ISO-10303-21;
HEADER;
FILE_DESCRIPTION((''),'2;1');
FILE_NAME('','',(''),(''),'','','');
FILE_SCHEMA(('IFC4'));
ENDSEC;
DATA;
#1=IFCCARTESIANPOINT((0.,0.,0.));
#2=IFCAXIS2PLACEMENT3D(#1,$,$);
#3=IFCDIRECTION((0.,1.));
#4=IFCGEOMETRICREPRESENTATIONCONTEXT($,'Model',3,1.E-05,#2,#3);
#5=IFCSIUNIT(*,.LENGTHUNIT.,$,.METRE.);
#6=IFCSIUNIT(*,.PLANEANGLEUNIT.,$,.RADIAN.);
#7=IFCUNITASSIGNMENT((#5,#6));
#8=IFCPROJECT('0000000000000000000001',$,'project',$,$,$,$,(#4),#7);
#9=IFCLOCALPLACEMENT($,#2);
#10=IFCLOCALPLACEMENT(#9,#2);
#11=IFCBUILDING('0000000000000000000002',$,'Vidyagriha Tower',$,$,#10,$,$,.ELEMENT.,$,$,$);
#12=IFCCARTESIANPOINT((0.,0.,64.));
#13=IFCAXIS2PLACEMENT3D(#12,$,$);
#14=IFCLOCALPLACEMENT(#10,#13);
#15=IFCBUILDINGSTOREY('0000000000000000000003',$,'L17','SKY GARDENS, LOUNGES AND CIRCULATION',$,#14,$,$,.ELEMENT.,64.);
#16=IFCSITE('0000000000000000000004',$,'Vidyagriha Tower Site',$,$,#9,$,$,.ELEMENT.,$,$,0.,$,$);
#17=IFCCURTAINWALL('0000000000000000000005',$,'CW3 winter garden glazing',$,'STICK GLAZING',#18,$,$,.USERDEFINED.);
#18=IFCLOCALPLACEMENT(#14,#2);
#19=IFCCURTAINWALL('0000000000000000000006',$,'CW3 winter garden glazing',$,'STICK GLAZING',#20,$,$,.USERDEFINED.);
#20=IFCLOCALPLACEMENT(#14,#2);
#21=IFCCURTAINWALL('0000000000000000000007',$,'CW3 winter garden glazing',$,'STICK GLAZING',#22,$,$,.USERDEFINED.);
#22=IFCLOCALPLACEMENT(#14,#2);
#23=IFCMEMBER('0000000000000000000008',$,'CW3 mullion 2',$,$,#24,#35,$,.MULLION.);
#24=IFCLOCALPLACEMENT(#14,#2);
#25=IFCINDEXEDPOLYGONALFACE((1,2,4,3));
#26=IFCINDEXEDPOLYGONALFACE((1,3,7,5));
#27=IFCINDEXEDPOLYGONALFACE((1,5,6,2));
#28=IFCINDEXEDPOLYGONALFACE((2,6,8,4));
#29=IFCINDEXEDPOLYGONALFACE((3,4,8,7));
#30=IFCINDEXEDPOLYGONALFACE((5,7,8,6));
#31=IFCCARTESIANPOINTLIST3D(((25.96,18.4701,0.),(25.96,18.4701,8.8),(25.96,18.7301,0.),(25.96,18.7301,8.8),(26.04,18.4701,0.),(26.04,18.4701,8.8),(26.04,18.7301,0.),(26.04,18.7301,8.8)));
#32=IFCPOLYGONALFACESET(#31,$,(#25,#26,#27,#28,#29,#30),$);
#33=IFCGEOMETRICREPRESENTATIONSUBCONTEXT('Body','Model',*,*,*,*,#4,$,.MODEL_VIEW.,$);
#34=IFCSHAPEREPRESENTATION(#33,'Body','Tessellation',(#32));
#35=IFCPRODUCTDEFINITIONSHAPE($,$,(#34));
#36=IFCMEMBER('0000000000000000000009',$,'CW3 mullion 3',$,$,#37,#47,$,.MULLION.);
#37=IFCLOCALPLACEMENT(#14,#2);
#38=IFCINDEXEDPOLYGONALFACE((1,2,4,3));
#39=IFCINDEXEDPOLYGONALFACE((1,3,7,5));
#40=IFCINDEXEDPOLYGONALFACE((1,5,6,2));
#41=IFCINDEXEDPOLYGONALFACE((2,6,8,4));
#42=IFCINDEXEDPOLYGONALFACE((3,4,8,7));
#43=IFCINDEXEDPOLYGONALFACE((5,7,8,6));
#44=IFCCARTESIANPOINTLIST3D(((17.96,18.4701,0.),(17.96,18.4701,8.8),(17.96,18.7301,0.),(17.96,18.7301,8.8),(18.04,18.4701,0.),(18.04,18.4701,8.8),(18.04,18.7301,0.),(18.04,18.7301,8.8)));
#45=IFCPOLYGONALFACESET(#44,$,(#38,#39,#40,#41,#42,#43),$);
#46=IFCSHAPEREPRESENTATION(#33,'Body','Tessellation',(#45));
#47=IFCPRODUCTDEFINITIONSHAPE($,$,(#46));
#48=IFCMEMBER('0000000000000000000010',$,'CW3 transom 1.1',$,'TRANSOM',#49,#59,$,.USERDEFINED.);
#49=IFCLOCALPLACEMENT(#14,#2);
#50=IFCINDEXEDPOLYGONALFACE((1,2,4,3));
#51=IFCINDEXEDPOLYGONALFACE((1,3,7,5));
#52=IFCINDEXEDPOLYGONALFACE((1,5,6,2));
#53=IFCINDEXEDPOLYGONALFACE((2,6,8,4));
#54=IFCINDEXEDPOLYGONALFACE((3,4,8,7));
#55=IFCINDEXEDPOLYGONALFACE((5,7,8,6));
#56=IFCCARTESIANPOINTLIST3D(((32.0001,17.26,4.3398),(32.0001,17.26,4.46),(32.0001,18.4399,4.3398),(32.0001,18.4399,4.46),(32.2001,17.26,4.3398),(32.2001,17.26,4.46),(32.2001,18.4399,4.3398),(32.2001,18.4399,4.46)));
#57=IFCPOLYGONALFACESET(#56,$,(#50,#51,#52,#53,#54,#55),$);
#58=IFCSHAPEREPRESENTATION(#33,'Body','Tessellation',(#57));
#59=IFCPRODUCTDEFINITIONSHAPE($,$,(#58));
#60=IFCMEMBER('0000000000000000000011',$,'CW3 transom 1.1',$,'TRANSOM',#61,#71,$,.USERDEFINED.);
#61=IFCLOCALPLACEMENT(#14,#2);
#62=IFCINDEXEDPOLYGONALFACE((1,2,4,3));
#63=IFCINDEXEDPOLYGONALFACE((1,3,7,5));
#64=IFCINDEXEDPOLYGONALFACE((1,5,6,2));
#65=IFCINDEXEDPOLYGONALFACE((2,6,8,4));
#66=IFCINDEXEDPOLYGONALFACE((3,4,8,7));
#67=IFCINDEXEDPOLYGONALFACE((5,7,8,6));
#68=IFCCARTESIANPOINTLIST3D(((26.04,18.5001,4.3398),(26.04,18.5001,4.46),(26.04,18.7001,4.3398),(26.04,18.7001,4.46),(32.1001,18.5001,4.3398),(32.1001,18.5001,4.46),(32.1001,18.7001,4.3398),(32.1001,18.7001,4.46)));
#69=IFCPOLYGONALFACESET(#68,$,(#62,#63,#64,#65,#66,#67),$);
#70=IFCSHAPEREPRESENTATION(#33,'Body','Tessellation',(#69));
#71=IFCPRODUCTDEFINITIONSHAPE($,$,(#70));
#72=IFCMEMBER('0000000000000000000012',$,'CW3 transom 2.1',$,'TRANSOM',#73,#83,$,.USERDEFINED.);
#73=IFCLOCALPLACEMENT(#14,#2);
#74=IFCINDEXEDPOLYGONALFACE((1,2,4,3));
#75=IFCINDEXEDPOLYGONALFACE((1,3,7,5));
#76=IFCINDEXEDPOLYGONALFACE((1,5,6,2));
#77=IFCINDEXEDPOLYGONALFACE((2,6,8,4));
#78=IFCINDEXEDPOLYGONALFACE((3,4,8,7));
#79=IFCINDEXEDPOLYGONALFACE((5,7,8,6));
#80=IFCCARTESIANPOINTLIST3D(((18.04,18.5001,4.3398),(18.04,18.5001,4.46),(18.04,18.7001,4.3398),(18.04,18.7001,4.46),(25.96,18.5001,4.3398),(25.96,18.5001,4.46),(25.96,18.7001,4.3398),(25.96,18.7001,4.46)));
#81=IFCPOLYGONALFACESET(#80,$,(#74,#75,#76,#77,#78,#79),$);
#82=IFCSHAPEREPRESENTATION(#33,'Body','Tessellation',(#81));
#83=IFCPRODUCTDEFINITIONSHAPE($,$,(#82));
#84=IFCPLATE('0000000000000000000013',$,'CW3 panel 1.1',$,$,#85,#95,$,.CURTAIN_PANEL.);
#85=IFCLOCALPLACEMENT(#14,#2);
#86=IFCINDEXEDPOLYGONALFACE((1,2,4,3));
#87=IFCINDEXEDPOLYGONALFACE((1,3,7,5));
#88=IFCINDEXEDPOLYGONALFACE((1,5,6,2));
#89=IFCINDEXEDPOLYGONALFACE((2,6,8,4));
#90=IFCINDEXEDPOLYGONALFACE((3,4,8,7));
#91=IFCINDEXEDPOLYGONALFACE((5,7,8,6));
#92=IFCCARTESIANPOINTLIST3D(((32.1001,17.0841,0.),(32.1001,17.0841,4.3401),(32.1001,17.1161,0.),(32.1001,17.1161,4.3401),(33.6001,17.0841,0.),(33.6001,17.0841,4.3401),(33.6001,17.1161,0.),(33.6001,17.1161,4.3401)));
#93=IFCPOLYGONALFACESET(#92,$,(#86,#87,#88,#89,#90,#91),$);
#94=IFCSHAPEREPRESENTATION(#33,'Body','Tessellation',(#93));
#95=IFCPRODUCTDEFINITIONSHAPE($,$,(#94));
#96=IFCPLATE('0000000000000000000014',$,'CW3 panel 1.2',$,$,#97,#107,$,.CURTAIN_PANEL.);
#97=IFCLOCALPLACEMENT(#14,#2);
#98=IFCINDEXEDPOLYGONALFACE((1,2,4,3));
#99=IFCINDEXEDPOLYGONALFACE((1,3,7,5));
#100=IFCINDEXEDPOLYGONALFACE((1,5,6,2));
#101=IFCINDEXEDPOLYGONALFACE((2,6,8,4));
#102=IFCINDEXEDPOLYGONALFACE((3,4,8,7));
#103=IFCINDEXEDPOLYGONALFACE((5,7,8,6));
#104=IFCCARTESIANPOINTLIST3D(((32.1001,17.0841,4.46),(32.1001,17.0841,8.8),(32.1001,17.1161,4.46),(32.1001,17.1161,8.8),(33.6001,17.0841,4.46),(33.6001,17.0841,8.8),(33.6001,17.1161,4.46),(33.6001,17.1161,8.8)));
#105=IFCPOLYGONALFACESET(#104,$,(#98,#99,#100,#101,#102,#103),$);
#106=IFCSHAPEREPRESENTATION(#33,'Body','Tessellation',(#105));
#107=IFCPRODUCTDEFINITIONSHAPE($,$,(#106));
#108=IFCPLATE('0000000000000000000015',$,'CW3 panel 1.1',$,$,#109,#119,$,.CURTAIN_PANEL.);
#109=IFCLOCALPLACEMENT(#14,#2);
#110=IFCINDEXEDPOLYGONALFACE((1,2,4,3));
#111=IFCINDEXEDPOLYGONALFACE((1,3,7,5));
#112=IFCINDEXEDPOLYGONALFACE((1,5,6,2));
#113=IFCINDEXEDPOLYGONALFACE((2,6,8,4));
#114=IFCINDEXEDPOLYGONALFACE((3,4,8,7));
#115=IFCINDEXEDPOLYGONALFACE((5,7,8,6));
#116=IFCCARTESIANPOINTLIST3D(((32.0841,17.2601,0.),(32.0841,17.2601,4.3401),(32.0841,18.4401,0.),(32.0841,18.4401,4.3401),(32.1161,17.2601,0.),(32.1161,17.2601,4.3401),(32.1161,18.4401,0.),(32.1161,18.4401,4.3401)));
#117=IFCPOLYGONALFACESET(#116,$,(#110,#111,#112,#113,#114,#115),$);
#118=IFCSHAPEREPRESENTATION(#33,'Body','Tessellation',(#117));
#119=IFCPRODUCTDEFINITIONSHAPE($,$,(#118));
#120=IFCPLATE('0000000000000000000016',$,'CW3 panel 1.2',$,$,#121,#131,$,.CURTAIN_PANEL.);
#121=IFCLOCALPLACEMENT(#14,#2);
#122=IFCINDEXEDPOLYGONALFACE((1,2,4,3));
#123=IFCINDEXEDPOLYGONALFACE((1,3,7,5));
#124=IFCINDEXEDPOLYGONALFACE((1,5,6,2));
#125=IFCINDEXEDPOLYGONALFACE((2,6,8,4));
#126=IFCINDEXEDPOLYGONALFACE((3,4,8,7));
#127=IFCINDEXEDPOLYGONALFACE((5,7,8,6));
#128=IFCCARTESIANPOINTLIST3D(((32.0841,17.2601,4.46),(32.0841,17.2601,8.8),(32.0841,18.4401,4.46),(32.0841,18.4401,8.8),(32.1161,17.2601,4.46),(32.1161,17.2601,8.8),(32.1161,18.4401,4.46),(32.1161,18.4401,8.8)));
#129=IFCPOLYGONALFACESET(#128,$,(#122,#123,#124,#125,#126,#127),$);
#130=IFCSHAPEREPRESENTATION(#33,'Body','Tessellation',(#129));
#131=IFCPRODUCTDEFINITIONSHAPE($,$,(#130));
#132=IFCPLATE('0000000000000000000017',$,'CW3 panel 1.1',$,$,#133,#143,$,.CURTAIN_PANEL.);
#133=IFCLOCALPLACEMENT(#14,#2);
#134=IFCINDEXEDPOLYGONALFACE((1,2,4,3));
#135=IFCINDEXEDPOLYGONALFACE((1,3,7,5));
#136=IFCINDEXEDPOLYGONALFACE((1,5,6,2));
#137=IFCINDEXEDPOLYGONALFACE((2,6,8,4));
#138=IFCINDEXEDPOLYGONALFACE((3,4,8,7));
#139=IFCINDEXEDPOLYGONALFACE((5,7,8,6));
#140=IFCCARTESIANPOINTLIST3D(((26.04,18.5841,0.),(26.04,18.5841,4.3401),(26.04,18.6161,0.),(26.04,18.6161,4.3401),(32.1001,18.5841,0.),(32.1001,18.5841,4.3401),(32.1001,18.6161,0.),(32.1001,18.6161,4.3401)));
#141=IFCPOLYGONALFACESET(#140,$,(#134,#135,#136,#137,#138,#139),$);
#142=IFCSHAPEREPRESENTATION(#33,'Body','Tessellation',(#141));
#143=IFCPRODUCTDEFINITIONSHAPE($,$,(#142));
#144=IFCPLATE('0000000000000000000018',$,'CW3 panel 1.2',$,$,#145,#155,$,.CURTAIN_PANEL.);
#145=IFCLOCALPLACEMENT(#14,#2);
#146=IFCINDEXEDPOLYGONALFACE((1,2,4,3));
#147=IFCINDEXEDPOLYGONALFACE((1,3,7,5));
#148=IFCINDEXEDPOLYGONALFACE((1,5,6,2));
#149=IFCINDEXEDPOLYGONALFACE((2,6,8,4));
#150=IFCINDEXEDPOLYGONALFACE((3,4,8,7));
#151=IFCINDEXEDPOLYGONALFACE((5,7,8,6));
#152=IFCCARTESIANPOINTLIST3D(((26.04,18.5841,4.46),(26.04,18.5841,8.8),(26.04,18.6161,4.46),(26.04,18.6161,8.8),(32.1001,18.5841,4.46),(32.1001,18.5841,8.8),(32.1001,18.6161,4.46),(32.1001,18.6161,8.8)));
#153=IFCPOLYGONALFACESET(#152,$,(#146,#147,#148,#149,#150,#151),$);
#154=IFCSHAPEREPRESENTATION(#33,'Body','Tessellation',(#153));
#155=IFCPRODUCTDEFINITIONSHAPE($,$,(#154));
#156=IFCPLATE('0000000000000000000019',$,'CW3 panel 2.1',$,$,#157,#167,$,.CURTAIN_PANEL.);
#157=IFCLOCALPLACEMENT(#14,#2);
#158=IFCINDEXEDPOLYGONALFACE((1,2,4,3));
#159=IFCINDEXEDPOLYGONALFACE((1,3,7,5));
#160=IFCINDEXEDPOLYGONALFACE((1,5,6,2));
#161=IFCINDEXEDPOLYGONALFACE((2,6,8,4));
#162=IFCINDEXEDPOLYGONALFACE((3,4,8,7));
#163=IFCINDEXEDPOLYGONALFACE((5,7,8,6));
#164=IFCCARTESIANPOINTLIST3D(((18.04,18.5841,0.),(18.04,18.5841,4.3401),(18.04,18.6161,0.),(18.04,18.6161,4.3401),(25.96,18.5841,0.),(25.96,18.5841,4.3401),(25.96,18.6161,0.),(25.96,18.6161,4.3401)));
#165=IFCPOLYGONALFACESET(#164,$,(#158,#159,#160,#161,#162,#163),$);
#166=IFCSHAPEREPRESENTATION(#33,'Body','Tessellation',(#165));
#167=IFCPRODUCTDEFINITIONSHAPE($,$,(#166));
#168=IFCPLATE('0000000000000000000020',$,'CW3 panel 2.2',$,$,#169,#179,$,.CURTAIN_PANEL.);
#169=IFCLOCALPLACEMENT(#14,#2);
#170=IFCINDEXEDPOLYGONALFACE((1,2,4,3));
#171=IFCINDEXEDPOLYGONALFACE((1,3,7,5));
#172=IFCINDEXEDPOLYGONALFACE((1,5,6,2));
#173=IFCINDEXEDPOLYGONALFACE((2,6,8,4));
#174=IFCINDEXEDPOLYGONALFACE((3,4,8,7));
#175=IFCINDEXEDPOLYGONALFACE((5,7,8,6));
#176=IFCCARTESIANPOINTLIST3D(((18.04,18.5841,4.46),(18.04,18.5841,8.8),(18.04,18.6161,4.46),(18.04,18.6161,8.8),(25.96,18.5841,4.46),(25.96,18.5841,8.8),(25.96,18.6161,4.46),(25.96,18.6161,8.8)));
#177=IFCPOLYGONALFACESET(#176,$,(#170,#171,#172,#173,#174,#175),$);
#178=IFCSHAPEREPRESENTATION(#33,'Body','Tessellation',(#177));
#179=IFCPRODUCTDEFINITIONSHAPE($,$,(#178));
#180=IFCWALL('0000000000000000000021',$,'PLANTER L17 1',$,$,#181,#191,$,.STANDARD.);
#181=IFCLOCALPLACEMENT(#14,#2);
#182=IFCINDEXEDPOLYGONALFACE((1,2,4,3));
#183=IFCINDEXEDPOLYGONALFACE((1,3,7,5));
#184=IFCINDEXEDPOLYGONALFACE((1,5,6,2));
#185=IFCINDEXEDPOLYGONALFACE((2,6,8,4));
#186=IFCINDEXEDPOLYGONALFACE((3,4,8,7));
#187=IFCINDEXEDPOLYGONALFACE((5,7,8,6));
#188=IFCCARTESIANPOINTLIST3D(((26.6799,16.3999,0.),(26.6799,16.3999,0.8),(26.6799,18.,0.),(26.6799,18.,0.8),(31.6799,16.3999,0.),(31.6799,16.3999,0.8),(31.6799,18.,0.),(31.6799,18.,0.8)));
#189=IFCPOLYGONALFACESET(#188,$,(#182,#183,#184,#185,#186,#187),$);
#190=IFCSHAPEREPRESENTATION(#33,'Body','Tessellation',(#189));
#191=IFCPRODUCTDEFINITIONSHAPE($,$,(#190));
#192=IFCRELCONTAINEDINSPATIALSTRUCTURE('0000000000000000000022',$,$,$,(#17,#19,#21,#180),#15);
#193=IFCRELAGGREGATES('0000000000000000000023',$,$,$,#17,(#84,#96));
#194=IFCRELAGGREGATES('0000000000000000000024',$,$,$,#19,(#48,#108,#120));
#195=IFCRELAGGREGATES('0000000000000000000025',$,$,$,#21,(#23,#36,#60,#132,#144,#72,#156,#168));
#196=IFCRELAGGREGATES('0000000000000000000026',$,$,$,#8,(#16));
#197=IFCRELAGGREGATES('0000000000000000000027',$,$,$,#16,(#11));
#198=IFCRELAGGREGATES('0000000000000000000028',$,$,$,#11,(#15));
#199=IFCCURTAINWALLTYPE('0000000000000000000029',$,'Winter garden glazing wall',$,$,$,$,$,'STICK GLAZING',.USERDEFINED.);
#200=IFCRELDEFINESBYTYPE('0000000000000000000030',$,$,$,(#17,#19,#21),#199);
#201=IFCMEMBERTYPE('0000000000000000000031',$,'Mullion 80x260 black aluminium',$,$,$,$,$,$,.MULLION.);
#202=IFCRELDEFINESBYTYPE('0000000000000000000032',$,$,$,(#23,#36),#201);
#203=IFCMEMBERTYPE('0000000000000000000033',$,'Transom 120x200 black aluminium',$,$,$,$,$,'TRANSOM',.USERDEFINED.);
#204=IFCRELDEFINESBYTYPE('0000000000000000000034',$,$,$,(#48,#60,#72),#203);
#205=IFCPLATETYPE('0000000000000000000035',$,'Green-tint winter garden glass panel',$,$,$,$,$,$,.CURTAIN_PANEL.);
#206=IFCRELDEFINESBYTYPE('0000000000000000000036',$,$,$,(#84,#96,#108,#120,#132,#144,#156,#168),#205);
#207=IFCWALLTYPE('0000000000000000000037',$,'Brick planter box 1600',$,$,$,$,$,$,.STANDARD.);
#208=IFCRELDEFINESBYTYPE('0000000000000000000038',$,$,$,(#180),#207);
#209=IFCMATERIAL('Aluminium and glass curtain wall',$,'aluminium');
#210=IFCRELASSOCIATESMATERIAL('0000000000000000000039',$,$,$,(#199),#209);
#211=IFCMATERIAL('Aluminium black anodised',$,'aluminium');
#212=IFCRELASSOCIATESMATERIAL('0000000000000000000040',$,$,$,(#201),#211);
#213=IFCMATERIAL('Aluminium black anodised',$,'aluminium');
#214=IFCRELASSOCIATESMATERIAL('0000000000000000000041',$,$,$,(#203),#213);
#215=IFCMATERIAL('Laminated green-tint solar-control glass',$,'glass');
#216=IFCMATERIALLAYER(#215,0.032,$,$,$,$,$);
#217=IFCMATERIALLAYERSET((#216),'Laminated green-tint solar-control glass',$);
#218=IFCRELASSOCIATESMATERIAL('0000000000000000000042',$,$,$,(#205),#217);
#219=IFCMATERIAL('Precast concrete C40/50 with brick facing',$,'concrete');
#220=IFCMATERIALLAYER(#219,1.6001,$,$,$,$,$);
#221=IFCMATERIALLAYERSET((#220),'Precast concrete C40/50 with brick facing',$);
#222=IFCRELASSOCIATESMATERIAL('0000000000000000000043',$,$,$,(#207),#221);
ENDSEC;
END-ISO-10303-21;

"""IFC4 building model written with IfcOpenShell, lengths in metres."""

from ifc_helpers import new_model, si_unit, direction, frame, frame_2d, origin, origin_2d, place, context, subcontext, project, spatial, rectangle, extrude, material, layer, layer_set, material_profile, profile_set, type_object, element, aggregate, save


model = new_model("IFC4")

# Units and contexts
model_context = context("Model", 3, precision=1e-05, world=origin(), true_north=direction((0.0, 1.0)))
body_context = subcontext(model_context, "Body", "Model", "MODEL_VIEW")
ifc_project = project(units=[si_unit("LENGTHUNIT", "METRE"), si_unit("PLANEANGLEUNIT", "RADIAN")], contexts=[model_context])

# Site, building, storey
site_placement = place(None, origin())
site = spatial("IfcSite", under=ifc_project, at=site_placement, Name="Vidyagriha Tower Site", CompositionType="ELEMENT", RefElevation=0.0)
building_placement = place(site_placement, origin())
building = spatial("IfcBuilding", under=site, at=building_placement, Name="Vidyagriha Tower", CompositionType="ELEMENT")
storey_placement = place(building_placement, frame((0.0, 0.0, 64.0)))
storey = spatial("IfcBuildingStorey", under=building, at=storey_placement, Name="L17", Description="SKY GARDENS, LOUNGES AND CIRCULATION", CompositionType="ELEMENT", Elevation=64.0)

# Curtain wall
ifc_material_1 = material(Name="Aluminium and glass curtain wall", Category="aluminium")
curtain_wall_type = type_object("IfcCurtainWallType", Name="Winter garden glazing wall", ElementType="STICK GLAZING", PredefinedType="USERDEFINED", material=ifc_material_1)
ifc_material_2 = material(Name="Aluminium black anodised", Category="aluminium")
ifc_material_profile_1 = material_profile(ifc_material_2, rectangle(XDim=0.26, YDim=0.0801, at=origin_2d()), Name="Mullion 80x260 black aluminium")
ifc_profile_set_1 = profile_set([ifc_material_profile_1], Name="Aluminium black anodised")
member_type_1 = type_object("IfcMemberType", Name="Mullion 80x260 black aluminium", PredefinedType="MULLION", material=ifc_profile_set_1)
curtain_wall_1_placement = place(storey_placement, origin())
curtain_wall_1 = element("IfcCurtainWall", 1, at=curtain_wall_1_placement, inside=storey, type_object=curtain_wall_type, Name="CW3 winter garden glazing", ObjectType="STICK GLAZING", PredefinedType="USERDEFINED")

# Curtain walls, members
curtain_wall_2_placement = place(storey_placement, origin())
curtain_wall_2 = element("IfcCurtainWall", 2, at=curtain_wall_2_placement, inside=storey, type_object=curtain_wall_type, Name="CW3 winter garden glazing", ObjectType="STICK GLAZING", PredefinedType="USERDEFINED")
curtain_wall_3_placement = place(storey_placement, origin())
curtain_wall_3 = element("IfcCurtainWall", 3, at=curtain_wall_3_placement, inside=storey, type_object=curtain_wall_type, Name="CW3 winter garden glazing", ObjectType="STICK GLAZING", PredefinedType="USERDEFINED")
member_1_placement = place(storey_placement, frame((26.0, 18.6001, 0.0), z_axis=(0.0, 0.0, 1.0), x_axis=(0.0, -1.0, 0.0)))
member_1 = element("IfcMember", 4, at=member_1_placement, type_object=member_type_1, Name="CW3 mullion 2", PredefinedType="MULLION", context=body_context, shape_type="SweptSolid", body=[
    extrude(rectangle(XDim=0.26, YDim=0.0801, at=origin_2d()), origin(), (0.0, 0.0, 1.0), 8.8),
])
member_2_placement = place(storey_placement, frame((18.0, 18.6001, 0.0), z_axis=(0.0, 0.0, 1.0), x_axis=(0.0, -1.0, 0.0)))
member_2 = element("IfcMember", 5, at=member_2_placement, type_object=member_type_1, Name="CW3 mullion 3", PredefinedType="MULLION", context=body_context, shape_type="SweptSolid", body=[
    extrude(rectangle(XDim=0.26, YDim=0.0801, at=origin_2d()), origin(), (0.0, 0.0, 1.0), 8.8),
])

# Members
ifc_material_3 = material(Name="Aluminium black anodised", Category="aluminium")
ifc_material_profile_2 = material_profile(ifc_material_3, rectangle(XDim=0.2, YDim=0.1201, at=origin_2d()), Name="Transom 120x200 black aluminium")
ifc_profile_set_2 = profile_set([ifc_material_profile_2], Name="Aluminium black anodised")
member_type_2 = type_object("IfcMemberType", Name="Transom 120x200 black aluminium", ElementType="TRANSOM", PredefinedType="USERDEFINED", material=ifc_profile_set_2)
member_3_placement = place(storey_placement, frame((32.1001, 17.26, 4.3999), z_axis=(0.0, 1.0, 0.0), x_axis=(-1.0, 0.0, 0.0)))
member_3 = element("IfcMember", 6, at=member_3_placement, type_object=member_type_2, Name="CW3 transom 1.1", ObjectType="TRANSOM", PredefinedType="USERDEFINED", context=body_context, shape_type="SweptSolid", body=[
    extrude(rectangle(XDim=0.2, YDim=0.1201, at=origin_2d()), origin(), (0.0, 0.0, 1.0), 1.1799),
])
member_4_placement = place(storey_placement, frame((32.1001, 18.6001, 4.3999), z_axis=(-1.0, 0.0, 0.0), x_axis=(0.0, -1.0, 0.0)))
member_4 = element("IfcMember", 7, at=member_4_placement, type_object=member_type_2, Name="CW3 transom 1.1", ObjectType="TRANSOM", PredefinedType="USERDEFINED", context=body_context, shape_type="SweptSolid", body=[
    extrude(rectangle(XDim=0.2, YDim=0.1201, at=origin_2d()), origin(), (0.0, 0.0, 1.0), 6.0601),
])
member_5_placement = place(storey_placement, frame((25.96, 18.6001, 4.3999), z_axis=(-1.0, 0.0, 0.0), x_axis=(0.0, -1.0, 0.0)))
member_5 = element("IfcMember", 8, at=member_5_placement, type_object=member_type_2, Name="CW3 transom 2.1", ObjectType="TRANSOM", PredefinedType="USERDEFINED", context=body_context, shape_type="SweptSolid", body=[
    extrude(rectangle(XDim=0.2, YDim=0.1201, at=origin_2d()), origin(), (0.0, 0.0, 1.0), 7.9199),
])

# Plates
ifc_material_4 = material(Name="Laminated green-tint solar-control glass", Category="glass")
ifc_layer_1 = layer(ifc_material_4, 0.032)
ifc_layer_set_1 = layer_set([ifc_layer_1], Name="Laminated green-tint solar-control glass")
plate_type = type_object("IfcPlateType", Name="Green-tint winter garden glass panel", PredefinedType="CURTAIN_PANEL", material=ifc_layer_set_1)
plate_1_placement = place(storey_placement, frame((32.8501, 17.1001, 0.0), z_axis=(0.0, 0.0, 1.0), x_axis=(-1.0, 0.0, 0.0)))
plate_1 = element("IfcPlate", 9, at=plate_1_placement, type_object=plate_type, Name="CW3 panel 1.1", PredefinedType="CURTAIN_PANEL", context=body_context, shape_type="SweptSolid", body=[
    extrude(rectangle(XDim=1.5, YDim=0.032, at=origin_2d()), origin(), (0.0, 0.0, 1.0), 4.3401),
])
plate_2_placement = place(storey_placement, frame((32.8501, 17.1001, 4.46), z_axis=(0.0, 0.0, 1.0), x_axis=(-1.0, 0.0, 0.0)))
plate_2 = element("IfcPlate", 10, at=plate_2_placement, type_object=plate_type, Name="CW3 panel 1.2", PredefinedType="CURTAIN_PANEL", context=body_context, shape_type="SweptSolid", body=[
    extrude(rectangle(XDim=1.5, YDim=0.032, at=origin_2d()), origin(), (0.0, 0.0, 1.0), 4.3401),
])
aggregate(curtain_wall_1, [plate_1, plate_2])
plate_3_placement = place(storey_placement, frame((32.1001, 17.8501, 0.0), z_axis=(0.0, 0.0, 1.0), x_axis=(0.0, 1.0, 0.0)))
plate_3 = element("IfcPlate", 11, at=plate_3_placement, type_object=plate_type, Name="CW3 panel 1.1", PredefinedType="CURTAIN_PANEL", context=body_context, shape_type="SweptSolid", body=[
    extrude(rectangle(XDim=1.1799, YDim=0.032, at=origin_2d()), origin(), (0.0, 0.0, 1.0), 4.3401),
])
plate_4_placement = place(storey_placement, frame((32.1001, 17.8501, 4.46), z_axis=(0.0, 0.0, 1.0), x_axis=(0.0, 1.0, 0.0)))
plate_4 = element("IfcPlate", 12, at=plate_4_placement, type_object=plate_type, Name="CW3 panel 1.2", PredefinedType="CURTAIN_PANEL", context=body_context, shape_type="SweptSolid", body=[
    extrude(rectangle(XDim=1.1799, YDim=0.032, at=origin_2d()), origin(), (0.0, 0.0, 1.0), 4.3401),
])
aggregate(curtain_wall_2, [member_3, plate_3, plate_4])
plate_5_placement = place(storey_placement, frame((29.0701, 18.6001, 0.0), z_axis=(0.0, 0.0, 1.0), x_axis=(-1.0, 0.0, 0.0)))
plate_5 = element("IfcPlate", 13, at=plate_5_placement, type_object=plate_type, Name="CW3 panel 1.1", PredefinedType="CURTAIN_PANEL", context=body_context, shape_type="SweptSolid", body=[
    extrude(rectangle(XDim=6.0601, YDim=0.032, at=origin_2d()), origin(), (0.0, 0.0, 1.0), 4.3401),
])
plate_6_placement = place(storey_placement, frame((29.0701, 18.6001, 4.46), z_axis=(0.0, 0.0, 1.0), x_axis=(-1.0, 0.0, 0.0)))
plate_6 = element("IfcPlate", 14, at=plate_6_placement, type_object=plate_type, Name="CW3 panel 1.2", PredefinedType="CURTAIN_PANEL", context=body_context, shape_type="SweptSolid", body=[
    extrude(rectangle(XDim=6.0601, YDim=0.032, at=origin_2d()), origin(), (0.0, 0.0, 1.0), 4.3401),
])
plate_7_placement = place(storey_placement, frame((22.0, 18.6001, 0.0), z_axis=(0.0, 0.0, 1.0), x_axis=(-1.0, 0.0, 0.0)))
plate_7 = element("IfcPlate", 15, at=plate_7_placement, type_object=plate_type, Name="CW3 panel 2.1", PredefinedType="CURTAIN_PANEL", context=body_context, shape_type="SweptSolid", body=[
    extrude(rectangle(XDim=7.9199, YDim=0.032, at=origin_2d()), origin(), (0.0, 0.0, 1.0), 4.3401),
])
plate_8_placement = place(storey_placement, frame((22.0, 18.6001, 4.46), z_axis=(0.0, 0.0, 1.0), x_axis=(-1.0, 0.0, 0.0)))
plate_8 = element("IfcPlate", 16, at=plate_8_placement, type_object=plate_type, Name="CW3 panel 2.2", PredefinedType="CURTAIN_PANEL", context=body_context, shape_type="SweptSolid", body=[
    extrude(rectangle(XDim=7.9199, YDim=0.032, at=origin_2d()), origin(), (0.0, 0.0, 1.0), 4.3401),
])
aggregate(curtain_wall_3, [member_1, member_2, member_4, plate_5, plate_6, member_5, plate_7, plate_8])

# Wall
ifc_material_5 = material(Name="Precast concrete C40/50 with brick facing", Category="concrete")
ifc_layer_2 = layer(ifc_material_5, 1.6001)
ifc_layer_set_2 = layer_set([ifc_layer_2], Name="Precast concrete C40/50 with brick facing")
wall_type_1 = type_object("IfcWallType", Name="Brick planter box 1600", PredefinedType="STANDARD", material=ifc_layer_set_2)
wall_1_placement = place(storey_placement, frame((31.6799, 17.2, 0.0), z_axis=(0.0, 0.0, 1.0), x_axis=(-1.0, 0.0, 0.0)))
element("IfcWall", 17, at=wall_1_placement, inside=storey, type_object=wall_type_1, Name="PLANTER L17 1", PredefinedType="STANDARD", context=body_context, shape_type="SweptSolid", body=[
    extrude(rectangle(XDim=5.0, YDim=1.6001, at=frame_2d((2.5, 0.0))), origin(), (0.0, 0.0, 1.0), 0.8),
])

save(model, "model.ifc")
